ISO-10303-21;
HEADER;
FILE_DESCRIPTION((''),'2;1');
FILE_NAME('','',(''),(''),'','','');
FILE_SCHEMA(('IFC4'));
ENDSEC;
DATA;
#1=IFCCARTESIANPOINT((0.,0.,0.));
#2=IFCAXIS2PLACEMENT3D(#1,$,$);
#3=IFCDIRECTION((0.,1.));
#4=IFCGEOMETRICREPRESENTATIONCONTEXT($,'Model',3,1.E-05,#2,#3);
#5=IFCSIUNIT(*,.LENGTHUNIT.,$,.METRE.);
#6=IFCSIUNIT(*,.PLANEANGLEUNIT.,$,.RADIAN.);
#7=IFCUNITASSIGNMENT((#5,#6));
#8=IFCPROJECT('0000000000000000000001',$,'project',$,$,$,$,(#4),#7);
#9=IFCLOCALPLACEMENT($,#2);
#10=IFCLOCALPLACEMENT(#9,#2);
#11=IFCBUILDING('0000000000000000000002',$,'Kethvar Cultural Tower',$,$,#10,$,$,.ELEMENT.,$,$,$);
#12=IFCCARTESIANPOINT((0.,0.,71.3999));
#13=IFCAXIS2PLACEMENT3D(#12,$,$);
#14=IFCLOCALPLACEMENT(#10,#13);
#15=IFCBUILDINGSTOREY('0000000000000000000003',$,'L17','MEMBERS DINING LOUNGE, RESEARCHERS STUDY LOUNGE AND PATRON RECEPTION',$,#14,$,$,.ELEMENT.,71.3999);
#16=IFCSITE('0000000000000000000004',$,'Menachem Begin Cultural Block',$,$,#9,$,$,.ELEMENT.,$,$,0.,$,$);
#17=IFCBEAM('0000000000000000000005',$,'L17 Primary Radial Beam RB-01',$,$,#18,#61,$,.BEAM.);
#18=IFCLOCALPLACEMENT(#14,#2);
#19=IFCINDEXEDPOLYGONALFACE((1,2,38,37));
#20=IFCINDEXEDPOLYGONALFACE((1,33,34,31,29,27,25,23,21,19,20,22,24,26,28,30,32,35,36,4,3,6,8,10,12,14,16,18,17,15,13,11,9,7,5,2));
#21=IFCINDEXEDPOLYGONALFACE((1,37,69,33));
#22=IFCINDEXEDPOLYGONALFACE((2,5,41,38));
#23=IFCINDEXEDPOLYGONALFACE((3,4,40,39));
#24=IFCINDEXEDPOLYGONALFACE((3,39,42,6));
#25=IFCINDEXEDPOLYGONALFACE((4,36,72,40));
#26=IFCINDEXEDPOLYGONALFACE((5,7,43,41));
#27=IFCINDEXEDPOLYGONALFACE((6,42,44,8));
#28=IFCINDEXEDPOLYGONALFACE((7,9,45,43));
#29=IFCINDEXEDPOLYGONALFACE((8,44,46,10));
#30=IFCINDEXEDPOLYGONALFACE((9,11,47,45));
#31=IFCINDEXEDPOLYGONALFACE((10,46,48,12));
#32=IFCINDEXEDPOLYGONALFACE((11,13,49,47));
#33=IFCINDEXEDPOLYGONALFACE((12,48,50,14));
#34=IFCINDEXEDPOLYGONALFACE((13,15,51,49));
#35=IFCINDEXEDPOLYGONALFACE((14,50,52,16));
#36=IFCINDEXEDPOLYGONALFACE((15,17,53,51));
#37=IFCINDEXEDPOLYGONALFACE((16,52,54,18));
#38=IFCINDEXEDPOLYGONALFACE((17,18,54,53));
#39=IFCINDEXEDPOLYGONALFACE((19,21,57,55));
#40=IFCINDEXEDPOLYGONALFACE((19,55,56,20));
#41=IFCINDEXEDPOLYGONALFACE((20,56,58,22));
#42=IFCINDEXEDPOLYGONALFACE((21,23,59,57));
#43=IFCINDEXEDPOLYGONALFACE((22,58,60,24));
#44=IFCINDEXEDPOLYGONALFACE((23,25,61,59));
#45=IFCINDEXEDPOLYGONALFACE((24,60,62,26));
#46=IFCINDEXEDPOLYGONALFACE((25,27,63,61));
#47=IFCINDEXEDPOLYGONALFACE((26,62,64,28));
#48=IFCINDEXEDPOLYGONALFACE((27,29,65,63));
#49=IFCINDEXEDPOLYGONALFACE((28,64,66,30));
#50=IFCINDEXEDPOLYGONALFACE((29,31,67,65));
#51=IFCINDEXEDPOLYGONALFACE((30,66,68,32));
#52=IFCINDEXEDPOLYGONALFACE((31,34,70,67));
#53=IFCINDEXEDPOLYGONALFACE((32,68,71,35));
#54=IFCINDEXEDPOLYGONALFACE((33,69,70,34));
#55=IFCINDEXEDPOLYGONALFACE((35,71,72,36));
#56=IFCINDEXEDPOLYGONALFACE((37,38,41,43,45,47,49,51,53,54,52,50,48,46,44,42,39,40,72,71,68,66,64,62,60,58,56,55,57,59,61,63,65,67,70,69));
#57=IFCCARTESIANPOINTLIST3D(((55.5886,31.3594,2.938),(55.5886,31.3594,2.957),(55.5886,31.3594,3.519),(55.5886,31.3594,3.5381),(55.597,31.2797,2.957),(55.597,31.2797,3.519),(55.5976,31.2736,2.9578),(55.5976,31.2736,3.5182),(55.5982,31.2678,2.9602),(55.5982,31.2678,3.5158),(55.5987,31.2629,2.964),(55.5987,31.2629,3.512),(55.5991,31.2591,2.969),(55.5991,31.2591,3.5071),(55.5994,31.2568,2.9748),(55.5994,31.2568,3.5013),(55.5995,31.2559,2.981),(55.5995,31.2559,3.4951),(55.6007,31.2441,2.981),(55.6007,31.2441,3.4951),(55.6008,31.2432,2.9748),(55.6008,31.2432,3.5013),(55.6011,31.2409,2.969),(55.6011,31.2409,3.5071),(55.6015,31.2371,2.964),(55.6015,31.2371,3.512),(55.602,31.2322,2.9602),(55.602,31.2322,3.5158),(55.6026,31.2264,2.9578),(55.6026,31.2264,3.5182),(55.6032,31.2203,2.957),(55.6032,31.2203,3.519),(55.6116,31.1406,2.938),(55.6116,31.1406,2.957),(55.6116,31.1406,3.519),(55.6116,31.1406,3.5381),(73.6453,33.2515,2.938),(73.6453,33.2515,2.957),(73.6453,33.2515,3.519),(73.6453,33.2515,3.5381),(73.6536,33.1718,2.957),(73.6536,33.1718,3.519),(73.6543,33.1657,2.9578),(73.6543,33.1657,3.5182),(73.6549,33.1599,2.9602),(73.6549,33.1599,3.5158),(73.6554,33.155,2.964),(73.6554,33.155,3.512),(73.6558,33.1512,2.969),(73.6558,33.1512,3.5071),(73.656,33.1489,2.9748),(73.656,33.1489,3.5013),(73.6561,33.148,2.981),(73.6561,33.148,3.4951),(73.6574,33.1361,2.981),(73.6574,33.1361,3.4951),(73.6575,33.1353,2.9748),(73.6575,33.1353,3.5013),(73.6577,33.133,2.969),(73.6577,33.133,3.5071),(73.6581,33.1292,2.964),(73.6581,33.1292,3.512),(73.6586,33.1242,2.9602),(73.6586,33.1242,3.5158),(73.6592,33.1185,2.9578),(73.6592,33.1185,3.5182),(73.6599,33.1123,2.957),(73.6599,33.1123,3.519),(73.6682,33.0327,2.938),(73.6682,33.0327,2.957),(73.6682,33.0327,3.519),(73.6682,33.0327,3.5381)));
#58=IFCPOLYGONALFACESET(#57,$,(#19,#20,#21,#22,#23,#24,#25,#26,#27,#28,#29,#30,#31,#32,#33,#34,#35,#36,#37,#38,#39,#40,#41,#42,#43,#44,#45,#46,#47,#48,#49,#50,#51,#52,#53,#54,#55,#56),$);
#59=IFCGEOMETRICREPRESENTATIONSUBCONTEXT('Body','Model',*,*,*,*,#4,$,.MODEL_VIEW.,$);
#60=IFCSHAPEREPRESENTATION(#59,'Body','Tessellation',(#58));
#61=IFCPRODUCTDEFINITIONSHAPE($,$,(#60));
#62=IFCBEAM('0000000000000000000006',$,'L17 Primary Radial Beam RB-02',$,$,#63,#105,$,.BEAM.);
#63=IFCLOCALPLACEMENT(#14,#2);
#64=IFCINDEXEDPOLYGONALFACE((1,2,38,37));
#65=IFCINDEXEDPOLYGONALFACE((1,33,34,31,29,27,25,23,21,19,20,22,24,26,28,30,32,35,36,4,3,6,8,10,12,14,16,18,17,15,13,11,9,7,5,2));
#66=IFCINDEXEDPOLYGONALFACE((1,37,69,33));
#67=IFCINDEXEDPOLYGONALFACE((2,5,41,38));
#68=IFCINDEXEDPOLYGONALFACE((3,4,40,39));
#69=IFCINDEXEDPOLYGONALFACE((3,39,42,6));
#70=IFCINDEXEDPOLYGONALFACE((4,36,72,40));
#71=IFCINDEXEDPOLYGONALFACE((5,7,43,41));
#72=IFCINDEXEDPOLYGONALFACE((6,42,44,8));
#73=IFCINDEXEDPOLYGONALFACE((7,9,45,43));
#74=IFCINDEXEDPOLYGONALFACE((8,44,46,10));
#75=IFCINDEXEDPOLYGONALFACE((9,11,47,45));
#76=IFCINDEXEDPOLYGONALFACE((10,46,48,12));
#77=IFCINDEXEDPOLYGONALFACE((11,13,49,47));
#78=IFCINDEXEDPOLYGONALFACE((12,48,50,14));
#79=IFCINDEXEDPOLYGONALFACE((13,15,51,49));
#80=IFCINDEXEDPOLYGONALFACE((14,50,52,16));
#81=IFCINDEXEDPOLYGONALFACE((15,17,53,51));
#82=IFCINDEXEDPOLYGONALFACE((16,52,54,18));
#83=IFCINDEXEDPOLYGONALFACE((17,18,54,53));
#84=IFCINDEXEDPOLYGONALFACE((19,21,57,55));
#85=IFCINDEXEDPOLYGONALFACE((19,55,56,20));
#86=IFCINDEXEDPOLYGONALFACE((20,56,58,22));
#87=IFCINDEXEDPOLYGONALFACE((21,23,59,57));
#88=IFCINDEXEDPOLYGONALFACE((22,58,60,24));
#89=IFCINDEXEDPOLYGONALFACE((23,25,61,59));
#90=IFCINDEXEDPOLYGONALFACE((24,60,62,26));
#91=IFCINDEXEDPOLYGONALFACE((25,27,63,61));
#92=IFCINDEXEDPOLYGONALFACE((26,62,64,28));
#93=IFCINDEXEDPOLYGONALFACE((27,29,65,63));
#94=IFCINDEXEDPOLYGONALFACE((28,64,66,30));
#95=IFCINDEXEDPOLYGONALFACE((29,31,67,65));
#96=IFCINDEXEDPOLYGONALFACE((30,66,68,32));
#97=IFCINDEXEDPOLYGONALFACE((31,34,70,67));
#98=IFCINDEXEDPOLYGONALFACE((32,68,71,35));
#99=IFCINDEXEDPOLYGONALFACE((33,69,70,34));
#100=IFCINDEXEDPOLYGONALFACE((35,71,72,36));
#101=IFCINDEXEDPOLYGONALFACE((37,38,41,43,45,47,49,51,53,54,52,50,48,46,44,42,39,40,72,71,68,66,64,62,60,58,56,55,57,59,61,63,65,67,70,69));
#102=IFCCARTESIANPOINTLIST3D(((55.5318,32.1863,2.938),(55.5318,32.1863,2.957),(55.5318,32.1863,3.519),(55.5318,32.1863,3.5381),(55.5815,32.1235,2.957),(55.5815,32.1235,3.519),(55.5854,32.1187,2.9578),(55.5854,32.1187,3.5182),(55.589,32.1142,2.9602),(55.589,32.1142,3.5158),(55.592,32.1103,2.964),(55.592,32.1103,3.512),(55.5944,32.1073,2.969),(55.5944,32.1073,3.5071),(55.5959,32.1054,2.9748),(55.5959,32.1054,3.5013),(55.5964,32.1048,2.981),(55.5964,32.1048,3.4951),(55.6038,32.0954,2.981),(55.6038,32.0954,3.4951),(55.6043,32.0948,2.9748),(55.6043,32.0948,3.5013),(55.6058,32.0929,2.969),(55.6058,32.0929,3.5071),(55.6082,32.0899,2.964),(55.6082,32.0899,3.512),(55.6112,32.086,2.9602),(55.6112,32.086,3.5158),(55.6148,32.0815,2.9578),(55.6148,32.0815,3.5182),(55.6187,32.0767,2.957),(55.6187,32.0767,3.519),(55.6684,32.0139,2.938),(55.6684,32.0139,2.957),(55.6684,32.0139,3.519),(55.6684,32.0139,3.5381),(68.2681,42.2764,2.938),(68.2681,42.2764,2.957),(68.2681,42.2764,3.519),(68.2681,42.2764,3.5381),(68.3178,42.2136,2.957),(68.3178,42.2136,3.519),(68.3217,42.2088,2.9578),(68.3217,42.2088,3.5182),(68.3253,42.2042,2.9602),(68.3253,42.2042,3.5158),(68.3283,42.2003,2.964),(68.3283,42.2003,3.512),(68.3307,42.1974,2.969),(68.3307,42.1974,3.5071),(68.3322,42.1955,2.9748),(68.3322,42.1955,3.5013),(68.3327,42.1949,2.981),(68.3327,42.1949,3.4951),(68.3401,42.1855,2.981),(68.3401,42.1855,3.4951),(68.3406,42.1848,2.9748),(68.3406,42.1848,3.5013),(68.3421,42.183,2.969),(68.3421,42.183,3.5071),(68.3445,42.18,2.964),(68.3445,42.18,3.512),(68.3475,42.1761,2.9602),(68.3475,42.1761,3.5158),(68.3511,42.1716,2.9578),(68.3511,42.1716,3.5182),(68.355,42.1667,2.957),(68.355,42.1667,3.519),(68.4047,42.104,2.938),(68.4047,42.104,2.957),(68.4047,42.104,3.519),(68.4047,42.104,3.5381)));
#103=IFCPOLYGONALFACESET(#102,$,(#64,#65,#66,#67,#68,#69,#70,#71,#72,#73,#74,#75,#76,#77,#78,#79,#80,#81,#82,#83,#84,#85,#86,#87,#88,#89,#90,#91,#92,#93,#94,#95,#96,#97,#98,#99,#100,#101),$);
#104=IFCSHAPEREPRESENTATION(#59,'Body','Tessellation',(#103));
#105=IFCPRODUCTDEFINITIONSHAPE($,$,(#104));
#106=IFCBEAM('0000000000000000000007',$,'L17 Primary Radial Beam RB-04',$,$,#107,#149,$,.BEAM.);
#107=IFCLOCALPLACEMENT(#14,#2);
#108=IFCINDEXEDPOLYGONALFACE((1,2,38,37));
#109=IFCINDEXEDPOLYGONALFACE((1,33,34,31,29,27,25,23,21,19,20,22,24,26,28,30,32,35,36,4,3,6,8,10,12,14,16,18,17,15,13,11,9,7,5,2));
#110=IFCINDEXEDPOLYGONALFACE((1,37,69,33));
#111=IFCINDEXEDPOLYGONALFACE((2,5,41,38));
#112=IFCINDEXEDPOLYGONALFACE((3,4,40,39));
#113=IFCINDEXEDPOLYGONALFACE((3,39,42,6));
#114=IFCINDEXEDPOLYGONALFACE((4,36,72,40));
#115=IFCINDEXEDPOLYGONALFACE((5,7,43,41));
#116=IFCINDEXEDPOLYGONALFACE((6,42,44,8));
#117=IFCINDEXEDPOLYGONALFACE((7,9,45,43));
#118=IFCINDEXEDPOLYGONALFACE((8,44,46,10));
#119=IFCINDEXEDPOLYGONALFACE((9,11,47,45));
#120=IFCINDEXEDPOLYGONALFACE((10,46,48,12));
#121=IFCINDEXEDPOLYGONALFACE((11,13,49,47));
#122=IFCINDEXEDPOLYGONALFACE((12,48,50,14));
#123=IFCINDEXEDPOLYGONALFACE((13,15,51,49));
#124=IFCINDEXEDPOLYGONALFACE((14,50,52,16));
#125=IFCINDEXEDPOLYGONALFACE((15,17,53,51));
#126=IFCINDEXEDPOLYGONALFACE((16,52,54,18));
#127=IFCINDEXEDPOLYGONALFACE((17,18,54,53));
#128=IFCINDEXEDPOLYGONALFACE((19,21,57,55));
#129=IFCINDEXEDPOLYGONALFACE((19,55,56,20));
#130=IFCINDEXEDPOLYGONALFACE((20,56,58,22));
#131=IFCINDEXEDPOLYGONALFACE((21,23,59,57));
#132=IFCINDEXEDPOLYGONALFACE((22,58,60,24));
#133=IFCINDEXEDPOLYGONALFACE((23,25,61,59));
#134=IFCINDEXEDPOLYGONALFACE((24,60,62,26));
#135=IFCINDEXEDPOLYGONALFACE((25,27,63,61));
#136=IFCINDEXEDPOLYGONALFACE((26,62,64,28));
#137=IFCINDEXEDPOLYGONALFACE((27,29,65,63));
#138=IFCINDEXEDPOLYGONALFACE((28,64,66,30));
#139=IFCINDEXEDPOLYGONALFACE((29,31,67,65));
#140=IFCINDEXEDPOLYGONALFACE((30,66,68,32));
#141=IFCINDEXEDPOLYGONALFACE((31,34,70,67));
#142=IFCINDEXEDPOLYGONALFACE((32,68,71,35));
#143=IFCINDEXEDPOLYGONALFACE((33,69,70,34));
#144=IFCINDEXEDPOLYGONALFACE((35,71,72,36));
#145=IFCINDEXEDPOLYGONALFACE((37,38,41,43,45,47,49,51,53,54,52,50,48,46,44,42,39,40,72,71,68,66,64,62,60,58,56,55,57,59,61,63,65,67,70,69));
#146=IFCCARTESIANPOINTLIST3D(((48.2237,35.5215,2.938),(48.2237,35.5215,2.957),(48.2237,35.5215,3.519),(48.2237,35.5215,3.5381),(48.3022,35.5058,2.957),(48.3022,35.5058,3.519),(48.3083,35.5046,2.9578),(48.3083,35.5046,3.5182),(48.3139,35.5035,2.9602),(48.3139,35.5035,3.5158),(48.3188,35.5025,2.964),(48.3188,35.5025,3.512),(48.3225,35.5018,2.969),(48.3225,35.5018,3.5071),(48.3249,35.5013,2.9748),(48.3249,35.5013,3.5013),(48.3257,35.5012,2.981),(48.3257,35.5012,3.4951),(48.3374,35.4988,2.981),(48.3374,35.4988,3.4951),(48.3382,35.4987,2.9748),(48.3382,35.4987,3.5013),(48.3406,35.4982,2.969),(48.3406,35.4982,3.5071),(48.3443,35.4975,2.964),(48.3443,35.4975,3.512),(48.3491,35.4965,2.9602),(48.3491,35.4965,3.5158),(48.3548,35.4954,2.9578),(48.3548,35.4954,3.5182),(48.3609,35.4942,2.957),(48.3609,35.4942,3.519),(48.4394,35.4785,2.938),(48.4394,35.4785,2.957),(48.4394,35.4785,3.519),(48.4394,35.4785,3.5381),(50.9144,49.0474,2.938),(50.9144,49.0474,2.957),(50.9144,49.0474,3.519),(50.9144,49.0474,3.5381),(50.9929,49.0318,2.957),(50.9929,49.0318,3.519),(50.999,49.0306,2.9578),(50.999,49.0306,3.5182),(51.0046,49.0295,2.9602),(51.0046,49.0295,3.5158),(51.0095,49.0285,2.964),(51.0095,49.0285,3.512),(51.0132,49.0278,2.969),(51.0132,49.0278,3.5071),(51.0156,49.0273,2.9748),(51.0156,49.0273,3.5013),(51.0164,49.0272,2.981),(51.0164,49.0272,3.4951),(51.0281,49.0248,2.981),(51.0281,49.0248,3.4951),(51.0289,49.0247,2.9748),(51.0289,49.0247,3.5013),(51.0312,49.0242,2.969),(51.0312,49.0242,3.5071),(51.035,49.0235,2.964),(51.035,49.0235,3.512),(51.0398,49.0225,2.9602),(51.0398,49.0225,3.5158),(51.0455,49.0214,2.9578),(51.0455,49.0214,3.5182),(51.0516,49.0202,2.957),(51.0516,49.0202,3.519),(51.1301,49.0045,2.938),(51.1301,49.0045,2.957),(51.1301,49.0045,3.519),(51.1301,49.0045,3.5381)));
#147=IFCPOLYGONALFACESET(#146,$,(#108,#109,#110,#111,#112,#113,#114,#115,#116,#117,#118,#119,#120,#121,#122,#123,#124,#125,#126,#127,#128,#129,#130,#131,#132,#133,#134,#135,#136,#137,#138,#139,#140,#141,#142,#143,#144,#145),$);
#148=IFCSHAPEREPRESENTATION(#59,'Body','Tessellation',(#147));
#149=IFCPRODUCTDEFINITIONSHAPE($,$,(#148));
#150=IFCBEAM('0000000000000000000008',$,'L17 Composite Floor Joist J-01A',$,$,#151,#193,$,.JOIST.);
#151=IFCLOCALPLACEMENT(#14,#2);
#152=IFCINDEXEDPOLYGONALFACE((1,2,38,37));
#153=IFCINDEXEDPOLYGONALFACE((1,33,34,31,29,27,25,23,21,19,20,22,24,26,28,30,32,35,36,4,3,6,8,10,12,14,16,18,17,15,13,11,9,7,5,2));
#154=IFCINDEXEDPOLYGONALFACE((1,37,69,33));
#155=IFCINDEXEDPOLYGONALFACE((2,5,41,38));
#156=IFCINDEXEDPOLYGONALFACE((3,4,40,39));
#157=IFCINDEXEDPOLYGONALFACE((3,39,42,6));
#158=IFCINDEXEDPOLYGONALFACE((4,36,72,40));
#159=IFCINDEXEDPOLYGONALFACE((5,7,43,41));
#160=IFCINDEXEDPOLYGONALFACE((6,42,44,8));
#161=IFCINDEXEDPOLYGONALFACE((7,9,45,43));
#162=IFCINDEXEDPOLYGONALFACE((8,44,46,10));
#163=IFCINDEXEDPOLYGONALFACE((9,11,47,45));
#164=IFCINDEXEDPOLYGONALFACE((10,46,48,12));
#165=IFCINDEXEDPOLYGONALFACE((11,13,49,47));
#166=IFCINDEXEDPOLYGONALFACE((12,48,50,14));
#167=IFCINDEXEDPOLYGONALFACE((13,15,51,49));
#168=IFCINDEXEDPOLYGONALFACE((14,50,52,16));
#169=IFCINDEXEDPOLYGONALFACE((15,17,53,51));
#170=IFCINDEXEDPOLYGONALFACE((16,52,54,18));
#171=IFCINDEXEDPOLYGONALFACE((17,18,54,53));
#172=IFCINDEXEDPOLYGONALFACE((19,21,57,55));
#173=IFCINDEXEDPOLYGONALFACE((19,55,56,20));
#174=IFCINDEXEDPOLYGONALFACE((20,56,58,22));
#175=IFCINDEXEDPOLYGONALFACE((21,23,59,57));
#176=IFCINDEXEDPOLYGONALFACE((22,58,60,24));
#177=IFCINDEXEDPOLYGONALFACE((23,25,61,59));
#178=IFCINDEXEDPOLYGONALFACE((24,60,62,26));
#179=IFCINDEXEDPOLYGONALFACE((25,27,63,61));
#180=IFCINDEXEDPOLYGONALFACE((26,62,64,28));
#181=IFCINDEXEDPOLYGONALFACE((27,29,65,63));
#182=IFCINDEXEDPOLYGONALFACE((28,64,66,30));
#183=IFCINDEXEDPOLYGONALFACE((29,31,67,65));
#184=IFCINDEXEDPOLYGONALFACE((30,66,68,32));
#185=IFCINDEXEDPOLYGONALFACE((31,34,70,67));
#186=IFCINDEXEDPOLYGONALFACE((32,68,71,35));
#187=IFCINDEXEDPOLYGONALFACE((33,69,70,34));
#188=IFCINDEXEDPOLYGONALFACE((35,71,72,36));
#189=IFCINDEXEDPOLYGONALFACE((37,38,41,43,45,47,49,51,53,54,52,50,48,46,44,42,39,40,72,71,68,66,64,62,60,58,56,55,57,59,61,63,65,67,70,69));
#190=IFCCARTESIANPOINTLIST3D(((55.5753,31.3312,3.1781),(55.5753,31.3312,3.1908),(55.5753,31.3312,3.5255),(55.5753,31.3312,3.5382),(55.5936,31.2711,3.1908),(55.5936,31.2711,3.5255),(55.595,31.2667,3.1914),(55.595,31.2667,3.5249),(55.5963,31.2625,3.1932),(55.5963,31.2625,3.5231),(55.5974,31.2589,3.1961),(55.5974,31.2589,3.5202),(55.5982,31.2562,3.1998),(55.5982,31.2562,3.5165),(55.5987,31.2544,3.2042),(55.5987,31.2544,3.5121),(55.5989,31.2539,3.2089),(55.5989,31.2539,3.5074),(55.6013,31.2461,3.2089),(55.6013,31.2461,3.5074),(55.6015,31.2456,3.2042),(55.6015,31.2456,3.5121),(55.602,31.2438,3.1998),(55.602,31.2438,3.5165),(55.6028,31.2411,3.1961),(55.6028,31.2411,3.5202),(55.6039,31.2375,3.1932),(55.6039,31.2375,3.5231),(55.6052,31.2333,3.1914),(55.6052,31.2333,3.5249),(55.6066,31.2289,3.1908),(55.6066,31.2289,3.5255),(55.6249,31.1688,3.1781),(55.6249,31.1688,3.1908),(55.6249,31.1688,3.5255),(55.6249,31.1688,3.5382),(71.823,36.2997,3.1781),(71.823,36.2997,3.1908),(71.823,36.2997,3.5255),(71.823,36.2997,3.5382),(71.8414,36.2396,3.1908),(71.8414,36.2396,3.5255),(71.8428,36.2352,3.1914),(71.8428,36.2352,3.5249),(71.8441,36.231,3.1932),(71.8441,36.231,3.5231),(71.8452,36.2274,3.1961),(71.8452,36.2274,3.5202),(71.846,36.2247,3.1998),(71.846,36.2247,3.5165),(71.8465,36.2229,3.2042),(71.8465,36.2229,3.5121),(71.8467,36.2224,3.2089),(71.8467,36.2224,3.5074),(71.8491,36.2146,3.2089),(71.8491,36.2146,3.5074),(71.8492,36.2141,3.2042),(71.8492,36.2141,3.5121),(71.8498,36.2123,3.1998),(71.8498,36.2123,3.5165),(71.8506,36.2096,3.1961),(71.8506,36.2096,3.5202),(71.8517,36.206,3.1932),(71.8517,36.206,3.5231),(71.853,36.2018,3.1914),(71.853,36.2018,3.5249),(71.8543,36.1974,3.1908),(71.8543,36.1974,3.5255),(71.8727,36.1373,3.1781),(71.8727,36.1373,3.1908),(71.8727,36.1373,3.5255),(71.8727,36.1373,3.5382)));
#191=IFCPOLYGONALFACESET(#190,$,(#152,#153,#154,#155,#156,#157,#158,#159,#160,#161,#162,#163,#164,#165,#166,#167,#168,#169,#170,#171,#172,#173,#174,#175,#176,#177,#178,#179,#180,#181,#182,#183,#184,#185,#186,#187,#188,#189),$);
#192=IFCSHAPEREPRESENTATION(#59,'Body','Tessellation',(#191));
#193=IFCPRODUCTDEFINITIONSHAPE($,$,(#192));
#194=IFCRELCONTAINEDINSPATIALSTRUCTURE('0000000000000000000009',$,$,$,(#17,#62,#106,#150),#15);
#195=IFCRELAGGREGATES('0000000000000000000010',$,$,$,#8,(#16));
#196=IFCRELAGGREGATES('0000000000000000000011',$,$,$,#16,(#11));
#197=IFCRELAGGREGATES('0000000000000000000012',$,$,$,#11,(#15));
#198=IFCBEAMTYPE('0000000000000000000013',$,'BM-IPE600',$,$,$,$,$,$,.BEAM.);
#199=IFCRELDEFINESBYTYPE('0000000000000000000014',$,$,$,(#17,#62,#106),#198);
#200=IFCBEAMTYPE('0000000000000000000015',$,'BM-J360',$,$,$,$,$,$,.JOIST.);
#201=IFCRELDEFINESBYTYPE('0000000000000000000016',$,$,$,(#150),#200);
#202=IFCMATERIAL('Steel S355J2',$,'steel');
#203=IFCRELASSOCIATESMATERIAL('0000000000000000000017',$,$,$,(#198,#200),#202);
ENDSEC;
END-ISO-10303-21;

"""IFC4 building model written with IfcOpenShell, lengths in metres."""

from ifc_helpers import new_model, si_unit, direction, frame, origin, origin_2d, place, context, subcontext, project, spatial, i_section, extrude, source, transform, mapped, material, material_profile, profile_set, type_object, element, save


model = new_model("IFC4")

# Units and contexts
model_context = context("Model", 3, precision=1e-05, world=origin(), true_north=direction((0.0, 1.0)))
body_context = subcontext(model_context, "Body", "Model", "MODEL_VIEW")
ifc_project = project(units=[si_unit("LENGTHUNIT", "METRE"), si_unit("PLANEANGLEUNIT", "RADIAN")], contexts=[model_context])

# Site, building, storey
site_placement = place(None, origin())
site = spatial("IfcSite", under=ifc_project, at=site_placement, Name="Menachem Begin Cultural Block", CompositionType="ELEMENT", RefElevation=0.0)
building_placement = place(site_placement, origin())
building = spatial("IfcBuilding", under=site, at=building_placement, Name="Kethvar Cultural Tower", CompositionType="ELEMENT")
storey_placement = place(building_placement, frame((0.0, 0.0, 71.3999)))
storey = spatial("IfcBuildingStorey", under=building, at=storey_placement, Name="L17", Description="MEMBERS DINING LOUNGE, RESEARCHERS STUDY LOUNGE AND PATRON RECEPTION", CompositionType="ELEMENT", Elevation=71.3999)

# Beams
ifc_material_1 = material(Name="Steel S355J2", Category="steel")
ifc_material_profile_1 = material_profile(ifc_material_1, i_section(OverallWidth=0.22, OverallDepth=0.6001, WebThickness=0.012, FlangeThickness=0.019, FilletRadius=0.0239, at=origin_2d()), Name="Steel S355J2 — IPE600")
ifc_profile_set_1 = profile_set([ifc_material_profile_1], Name="Steel S355J2 — IPE600")
beam_type_1 = type_object("IfcBeamType", Name="BM-IPE600", PredefinedType="BEAM", material=ifc_profile_set_1)
shared_shape_1 = source(origin(), body_context, "Body", "SweptSolid", [
    extrude(i_section(OverallWidth=0.22, OverallDepth=0.6001, WebThickness=0.012, FlangeThickness=0.019, FilletRadius=0.0239, at=origin_2d()), origin(), (0.0, 0.0, 1.0), 18.1555),
])
beam_1_placement = place(storey_placement, frame((55.6001, 31.25, 3.238), z_axis=(0.994555, 0.104216, 0.0), x_axis=(-0.104216, 0.994555, 0.0)))
element("IfcBeam", 1, at=beam_1_placement, inside=storey, type_object=beam_type_1, Name="L17 Primary Radial Beam RB-01", PredefinedType="BEAM", context=body_context, shape_type="MappedRepresentation", body=[
    mapped(shared_shape_1, transform((0.0, 0.0, 0.0), scale=1.0)),
])
shared_shape_2 = source(origin(), body_context, "Body", "SweptSolid", [
    extrude(i_section(OverallWidth=0.22, OverallDepth=0.6001, WebThickness=0.012, FlangeThickness=0.019, FilletRadius=0.0239, at=origin_2d()), origin(), (0.0, 0.0, 1.0), 16.2488),
])
beam_2_placement = place(storey_placement, frame((55.6001, 32.1001, 3.238), z_axis=(0.783831, 0.620974, 0.0), x_axis=(-0.620974, 0.783831, 0.0)))
element("IfcBeam", 2, at=beam_2_placement, inside=storey, type_object=beam_type_1, Name="L17 Primary Radial Beam RB-02", PredefinedType="BEAM", context=body_context, shape_type="MappedRepresentation", body=[
    mapped(shared_shape_2, transform((0.0, 0.0, 0.0), scale=1.0)),
])
shared_shape_3 = source(origin(), body_context, "Body", "SweptSolid", [
    extrude(i_section(OverallWidth=0.22, OverallDepth=0.6001, WebThickness=0.012, FlangeThickness=0.019, FilletRadius=0.0239, at=origin_2d()), origin(), (0.0, 0.0, 1.0), 13.791),
])
beam_3_placement = place(storey_placement, frame((48.3315, 35.5, 3.238), z_axis=(0.195105, 0.980782, 0.0), x_axis=(-0.980782, 0.195105, 0.0)))
element("IfcBeam", 3, at=beam_3_placement, inside=storey, type_object=beam_type_1, Name="L17 Primary Radial Beam RB-04", PredefinedType="BEAM", context=body_context, shape_type="MappedRepresentation", body=[
    mapped(shared_shape_3, transform((0.0, 0.0, 0.0), scale=1.0)),
])
ifc_material_profile_2 = material_profile(ifc_material_1, i_section(OverallWidth=0.1699, OverallDepth=0.3601, WebThickness=0.0081, FlangeThickness=0.0127, FilletRadius=0.0181, at=origin_2d()), Name="Steel S355J2 — IPE360")
ifc_profile_set_2 = profile_set([ifc_material_profile_2], Name="Steel S355J2 — IPE360")
beam_type_2 = type_object("IfcBeamType", Name="BM-J360", PredefinedType="JOIST", material=ifc_profile_set_2)
shared_shape_4 = source(origin(), body_context, "Body", "SweptSolid", [
    extrude(i_section(OverallWidth=0.1699, OverallDepth=0.3601, WebThickness=0.0081, FlangeThickness=0.0127, FilletRadius=0.0181, at=origin_2d()), origin(), (0.0, 0.0, 1.0), 16.9905),
])
beam_4_placement = place(storey_placement, frame((55.6001, 31.25, 3.3582), z_axis=(0.956287, 0.292428, 0.0), x_axis=(-0.292428, 0.956287, 0.0)))
element("IfcBeam", 4, at=beam_4_placement, inside=storey, type_object=beam_type_2, Name="L17 Composite Floor Joist J-01A", PredefinedType="JOIST", context=body_context, shape_type="MappedRepresentation", body=[
    mapped(shared_shape_4, transform((0.0, 0.0, 0.0), scale=1.0)),
])

save(model, "model.ifc")
